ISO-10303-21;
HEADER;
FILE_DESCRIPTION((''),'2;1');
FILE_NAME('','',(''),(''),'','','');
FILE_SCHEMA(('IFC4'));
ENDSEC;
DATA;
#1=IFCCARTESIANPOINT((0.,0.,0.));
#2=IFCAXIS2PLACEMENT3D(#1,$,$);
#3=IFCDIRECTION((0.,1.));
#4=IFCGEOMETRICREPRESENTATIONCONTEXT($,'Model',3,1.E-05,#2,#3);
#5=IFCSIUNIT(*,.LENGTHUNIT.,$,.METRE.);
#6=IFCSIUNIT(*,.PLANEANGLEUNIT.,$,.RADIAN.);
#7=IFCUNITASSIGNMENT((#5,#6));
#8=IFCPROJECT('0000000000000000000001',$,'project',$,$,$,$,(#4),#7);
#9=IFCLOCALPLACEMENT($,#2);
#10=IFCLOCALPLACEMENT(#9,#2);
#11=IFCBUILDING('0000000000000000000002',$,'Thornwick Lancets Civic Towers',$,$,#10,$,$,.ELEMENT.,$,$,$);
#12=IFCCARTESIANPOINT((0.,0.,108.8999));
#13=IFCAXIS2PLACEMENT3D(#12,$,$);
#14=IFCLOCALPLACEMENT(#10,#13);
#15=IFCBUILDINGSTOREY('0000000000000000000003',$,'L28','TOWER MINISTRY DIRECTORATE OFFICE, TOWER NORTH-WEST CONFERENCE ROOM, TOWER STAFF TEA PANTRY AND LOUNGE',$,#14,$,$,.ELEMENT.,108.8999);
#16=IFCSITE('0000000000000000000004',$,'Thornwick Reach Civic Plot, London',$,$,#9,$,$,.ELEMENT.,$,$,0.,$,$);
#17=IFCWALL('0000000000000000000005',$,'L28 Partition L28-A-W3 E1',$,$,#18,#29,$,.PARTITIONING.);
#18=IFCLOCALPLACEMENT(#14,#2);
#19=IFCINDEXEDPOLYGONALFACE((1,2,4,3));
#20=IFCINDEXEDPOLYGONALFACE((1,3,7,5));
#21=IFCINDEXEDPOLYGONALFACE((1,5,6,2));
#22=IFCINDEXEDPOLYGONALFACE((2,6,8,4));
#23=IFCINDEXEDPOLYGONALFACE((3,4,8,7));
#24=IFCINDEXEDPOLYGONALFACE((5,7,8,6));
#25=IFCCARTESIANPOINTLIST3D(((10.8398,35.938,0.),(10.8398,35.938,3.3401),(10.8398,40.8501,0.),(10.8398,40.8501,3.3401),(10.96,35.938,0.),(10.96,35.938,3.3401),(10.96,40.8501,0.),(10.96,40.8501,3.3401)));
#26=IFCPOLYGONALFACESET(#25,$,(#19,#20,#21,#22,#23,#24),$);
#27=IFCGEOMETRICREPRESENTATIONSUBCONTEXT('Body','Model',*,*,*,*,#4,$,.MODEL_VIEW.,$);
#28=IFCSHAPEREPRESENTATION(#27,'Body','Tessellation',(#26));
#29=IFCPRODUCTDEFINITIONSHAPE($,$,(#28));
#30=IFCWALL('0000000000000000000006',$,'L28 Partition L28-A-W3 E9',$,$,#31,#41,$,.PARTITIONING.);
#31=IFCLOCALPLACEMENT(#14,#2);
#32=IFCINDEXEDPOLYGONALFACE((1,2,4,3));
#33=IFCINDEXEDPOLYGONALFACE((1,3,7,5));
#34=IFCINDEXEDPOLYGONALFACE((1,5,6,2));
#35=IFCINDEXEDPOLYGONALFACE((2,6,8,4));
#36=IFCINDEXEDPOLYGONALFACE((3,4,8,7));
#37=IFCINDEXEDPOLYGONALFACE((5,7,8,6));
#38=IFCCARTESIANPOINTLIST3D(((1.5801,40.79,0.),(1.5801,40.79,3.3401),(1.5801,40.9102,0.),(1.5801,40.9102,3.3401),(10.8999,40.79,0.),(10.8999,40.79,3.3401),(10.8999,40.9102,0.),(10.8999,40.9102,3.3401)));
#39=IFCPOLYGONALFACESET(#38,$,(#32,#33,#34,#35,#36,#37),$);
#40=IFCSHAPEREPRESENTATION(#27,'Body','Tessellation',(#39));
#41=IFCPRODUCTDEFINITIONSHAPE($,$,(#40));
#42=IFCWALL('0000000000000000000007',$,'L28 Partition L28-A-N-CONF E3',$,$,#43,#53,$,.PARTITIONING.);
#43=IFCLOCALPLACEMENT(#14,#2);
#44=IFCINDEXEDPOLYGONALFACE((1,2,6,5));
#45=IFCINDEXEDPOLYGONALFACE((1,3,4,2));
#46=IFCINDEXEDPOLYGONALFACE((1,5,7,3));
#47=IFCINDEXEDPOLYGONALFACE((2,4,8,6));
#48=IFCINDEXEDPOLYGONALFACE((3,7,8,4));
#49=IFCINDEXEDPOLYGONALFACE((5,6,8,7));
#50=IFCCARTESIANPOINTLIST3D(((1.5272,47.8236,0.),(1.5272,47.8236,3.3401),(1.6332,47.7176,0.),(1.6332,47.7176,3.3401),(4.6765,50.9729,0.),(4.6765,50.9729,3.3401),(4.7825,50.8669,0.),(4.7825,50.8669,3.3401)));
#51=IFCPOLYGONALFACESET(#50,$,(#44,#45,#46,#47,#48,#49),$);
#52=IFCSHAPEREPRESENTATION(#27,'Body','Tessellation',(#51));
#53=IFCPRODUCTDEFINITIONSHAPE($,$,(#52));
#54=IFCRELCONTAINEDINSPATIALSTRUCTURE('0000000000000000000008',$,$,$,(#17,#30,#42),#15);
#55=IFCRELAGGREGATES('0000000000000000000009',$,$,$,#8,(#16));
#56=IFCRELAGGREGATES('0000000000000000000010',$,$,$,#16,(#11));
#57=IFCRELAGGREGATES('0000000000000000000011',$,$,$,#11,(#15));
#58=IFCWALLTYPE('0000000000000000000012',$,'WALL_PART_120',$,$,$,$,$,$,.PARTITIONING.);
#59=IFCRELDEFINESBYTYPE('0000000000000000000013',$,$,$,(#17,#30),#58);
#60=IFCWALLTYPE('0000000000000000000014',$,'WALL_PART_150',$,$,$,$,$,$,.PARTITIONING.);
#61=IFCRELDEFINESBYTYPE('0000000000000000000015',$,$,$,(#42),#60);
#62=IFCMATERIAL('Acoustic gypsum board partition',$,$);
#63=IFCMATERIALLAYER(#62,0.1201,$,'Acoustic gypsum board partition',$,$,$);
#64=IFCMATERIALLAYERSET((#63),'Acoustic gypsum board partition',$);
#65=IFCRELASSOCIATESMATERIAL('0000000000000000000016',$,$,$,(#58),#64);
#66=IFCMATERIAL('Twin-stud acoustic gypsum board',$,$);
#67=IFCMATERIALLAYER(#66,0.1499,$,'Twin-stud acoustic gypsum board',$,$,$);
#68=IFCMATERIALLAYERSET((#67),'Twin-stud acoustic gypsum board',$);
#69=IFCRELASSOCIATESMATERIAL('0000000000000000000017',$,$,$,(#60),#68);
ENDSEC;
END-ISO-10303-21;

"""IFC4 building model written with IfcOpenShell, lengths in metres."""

from ifc_helpers import new_model, si_unit, direction, frame, frame_2d, origin, place, context, subcontext, project, spatial, rectangle, extrude, material, layer, layer_set, type_object, element, save


model = new_model("IFC4")

# Units and contexts
model_context = context("Model", 3, precision=1e-05, world=origin(), true_north=direction((0.0, 1.0)))
body_context = subcontext(model_context, "Body", "Model", "MODEL_VIEW")
ifc_project = project(units=[si_unit("LENGTHUNIT", "METRE"), si_unit("PLANEANGLEUNIT", "RADIAN")], contexts=[model_context])

# Site, building, storey
site_placement = place(None, origin())
site = spatial("IfcSite", under=ifc_project, at=site_placement, Name="Thornwick Reach Civic Plot, London", CompositionType="ELEMENT", RefElevation=0.0)
building_placement = place(site_placement, origin())
building = spatial("IfcBuilding", under=site, at=building_placement, Name="Thornwick Lancets Civic Towers", CompositionType="ELEMENT")
storey_placement = place(building_placement, frame((0.0, 0.0, 108.8999)))
storey = spatial("IfcBuildingStorey", under=building, at=storey_placement, Name="L28", Description="TOWER MINISTRY DIRECTORATE OFFICE, TOWER NORTH-WEST CONFERENCE ROOM, TOWER STAFF TEA PANTRY AND LOUNGE", CompositionType="ELEMENT", Elevation=108.8999)

# Walls
ifc_material_1 = material(Name="Acoustic gypsum board partition")
ifc_layer_1 = layer(ifc_material_1, 0.1201, Name="Acoustic gypsum board partition")
ifc_layer_set_1 = layer_set([ifc_layer_1], Name="Acoustic gypsum board partition")
wall_type_1 = type_object("IfcWallType", Name="WALL_PART_120", PredefinedType="PARTITIONING", material=ifc_layer_set_1)
wall_1_placement = place(storey_placement, frame((10.8999, 40.8501, 0.0), z_axis=(0.0, 0.0, 1.0), x_axis=(0.0, -1.0, 0.0)))
element("IfcWall", 1, at=wall_1_placement, inside=storey, type_object=wall_type_1, Name="L28 Partition L28-A-W3 E1", PredefinedType="PARTITIONING", context=body_context, shape_type="SweptSolid", body=[
    extrude(rectangle(XDim=4.9121, YDim=0.1201, at=frame_2d((2.4561, 0.0))), origin(), (0.0, 0.0, 1.0), 3.3401),
])
wall_2_placement = place(storey_placement, frame((1.5801, 40.8501, 0.0), z_axis=(0.0, 0.0, 1.0), x_axis=(1.0, 0.0, 0.0)))
element("IfcWall", 2, at=wall_2_placement, inside=storey, type_object=wall_type_1, Name="L28 Partition L28-A-W3 E9", PredefinedType="PARTITIONING", context=body_context, shape_type="SweptSolid", body=[
    extrude(rectangle(XDim=9.3198, YDim=0.1201, at=frame_2d((4.6599, 0.0))), origin(), (0.0, 0.0, 1.0), 3.3401),
])
ifc_material_2 = material(Name="Twin-stud acoustic gypsum board")
ifc_layer_2 = layer(ifc_material_2, 0.1499, Name="Twin-stud acoustic gypsum board")
ifc_layer_set_2 = layer_set([ifc_layer_2], Name="Twin-stud acoustic gypsum board")
wall_type_2 = type_object("IfcWallType", Name="WALL_PART_150", PredefinedType="PARTITIONING", material=ifc_layer_set_2)
wall_3_placement = place(storey_placement, frame((1.5801, 47.7705, 0.0), z_axis=(0.0, 0.0, 1.0), x_axis=(0.707107, 0.707107, 0.0)))
element("IfcWall", 3, at=wall_3_placement, inside=storey, type_object=wall_type_2, Name="L28 Partition L28-A-N-CONF E3", PredefinedType="PARTITIONING", context=body_context, shape_type="SweptSolid", body=[
    extrude(rectangle(XDim=4.4539, YDim=0.1499, at=frame_2d((2.2271, 0.0))), origin(), (0.0, 0.0, 1.0), 3.3401),
])

save(model, "model.ifc")
